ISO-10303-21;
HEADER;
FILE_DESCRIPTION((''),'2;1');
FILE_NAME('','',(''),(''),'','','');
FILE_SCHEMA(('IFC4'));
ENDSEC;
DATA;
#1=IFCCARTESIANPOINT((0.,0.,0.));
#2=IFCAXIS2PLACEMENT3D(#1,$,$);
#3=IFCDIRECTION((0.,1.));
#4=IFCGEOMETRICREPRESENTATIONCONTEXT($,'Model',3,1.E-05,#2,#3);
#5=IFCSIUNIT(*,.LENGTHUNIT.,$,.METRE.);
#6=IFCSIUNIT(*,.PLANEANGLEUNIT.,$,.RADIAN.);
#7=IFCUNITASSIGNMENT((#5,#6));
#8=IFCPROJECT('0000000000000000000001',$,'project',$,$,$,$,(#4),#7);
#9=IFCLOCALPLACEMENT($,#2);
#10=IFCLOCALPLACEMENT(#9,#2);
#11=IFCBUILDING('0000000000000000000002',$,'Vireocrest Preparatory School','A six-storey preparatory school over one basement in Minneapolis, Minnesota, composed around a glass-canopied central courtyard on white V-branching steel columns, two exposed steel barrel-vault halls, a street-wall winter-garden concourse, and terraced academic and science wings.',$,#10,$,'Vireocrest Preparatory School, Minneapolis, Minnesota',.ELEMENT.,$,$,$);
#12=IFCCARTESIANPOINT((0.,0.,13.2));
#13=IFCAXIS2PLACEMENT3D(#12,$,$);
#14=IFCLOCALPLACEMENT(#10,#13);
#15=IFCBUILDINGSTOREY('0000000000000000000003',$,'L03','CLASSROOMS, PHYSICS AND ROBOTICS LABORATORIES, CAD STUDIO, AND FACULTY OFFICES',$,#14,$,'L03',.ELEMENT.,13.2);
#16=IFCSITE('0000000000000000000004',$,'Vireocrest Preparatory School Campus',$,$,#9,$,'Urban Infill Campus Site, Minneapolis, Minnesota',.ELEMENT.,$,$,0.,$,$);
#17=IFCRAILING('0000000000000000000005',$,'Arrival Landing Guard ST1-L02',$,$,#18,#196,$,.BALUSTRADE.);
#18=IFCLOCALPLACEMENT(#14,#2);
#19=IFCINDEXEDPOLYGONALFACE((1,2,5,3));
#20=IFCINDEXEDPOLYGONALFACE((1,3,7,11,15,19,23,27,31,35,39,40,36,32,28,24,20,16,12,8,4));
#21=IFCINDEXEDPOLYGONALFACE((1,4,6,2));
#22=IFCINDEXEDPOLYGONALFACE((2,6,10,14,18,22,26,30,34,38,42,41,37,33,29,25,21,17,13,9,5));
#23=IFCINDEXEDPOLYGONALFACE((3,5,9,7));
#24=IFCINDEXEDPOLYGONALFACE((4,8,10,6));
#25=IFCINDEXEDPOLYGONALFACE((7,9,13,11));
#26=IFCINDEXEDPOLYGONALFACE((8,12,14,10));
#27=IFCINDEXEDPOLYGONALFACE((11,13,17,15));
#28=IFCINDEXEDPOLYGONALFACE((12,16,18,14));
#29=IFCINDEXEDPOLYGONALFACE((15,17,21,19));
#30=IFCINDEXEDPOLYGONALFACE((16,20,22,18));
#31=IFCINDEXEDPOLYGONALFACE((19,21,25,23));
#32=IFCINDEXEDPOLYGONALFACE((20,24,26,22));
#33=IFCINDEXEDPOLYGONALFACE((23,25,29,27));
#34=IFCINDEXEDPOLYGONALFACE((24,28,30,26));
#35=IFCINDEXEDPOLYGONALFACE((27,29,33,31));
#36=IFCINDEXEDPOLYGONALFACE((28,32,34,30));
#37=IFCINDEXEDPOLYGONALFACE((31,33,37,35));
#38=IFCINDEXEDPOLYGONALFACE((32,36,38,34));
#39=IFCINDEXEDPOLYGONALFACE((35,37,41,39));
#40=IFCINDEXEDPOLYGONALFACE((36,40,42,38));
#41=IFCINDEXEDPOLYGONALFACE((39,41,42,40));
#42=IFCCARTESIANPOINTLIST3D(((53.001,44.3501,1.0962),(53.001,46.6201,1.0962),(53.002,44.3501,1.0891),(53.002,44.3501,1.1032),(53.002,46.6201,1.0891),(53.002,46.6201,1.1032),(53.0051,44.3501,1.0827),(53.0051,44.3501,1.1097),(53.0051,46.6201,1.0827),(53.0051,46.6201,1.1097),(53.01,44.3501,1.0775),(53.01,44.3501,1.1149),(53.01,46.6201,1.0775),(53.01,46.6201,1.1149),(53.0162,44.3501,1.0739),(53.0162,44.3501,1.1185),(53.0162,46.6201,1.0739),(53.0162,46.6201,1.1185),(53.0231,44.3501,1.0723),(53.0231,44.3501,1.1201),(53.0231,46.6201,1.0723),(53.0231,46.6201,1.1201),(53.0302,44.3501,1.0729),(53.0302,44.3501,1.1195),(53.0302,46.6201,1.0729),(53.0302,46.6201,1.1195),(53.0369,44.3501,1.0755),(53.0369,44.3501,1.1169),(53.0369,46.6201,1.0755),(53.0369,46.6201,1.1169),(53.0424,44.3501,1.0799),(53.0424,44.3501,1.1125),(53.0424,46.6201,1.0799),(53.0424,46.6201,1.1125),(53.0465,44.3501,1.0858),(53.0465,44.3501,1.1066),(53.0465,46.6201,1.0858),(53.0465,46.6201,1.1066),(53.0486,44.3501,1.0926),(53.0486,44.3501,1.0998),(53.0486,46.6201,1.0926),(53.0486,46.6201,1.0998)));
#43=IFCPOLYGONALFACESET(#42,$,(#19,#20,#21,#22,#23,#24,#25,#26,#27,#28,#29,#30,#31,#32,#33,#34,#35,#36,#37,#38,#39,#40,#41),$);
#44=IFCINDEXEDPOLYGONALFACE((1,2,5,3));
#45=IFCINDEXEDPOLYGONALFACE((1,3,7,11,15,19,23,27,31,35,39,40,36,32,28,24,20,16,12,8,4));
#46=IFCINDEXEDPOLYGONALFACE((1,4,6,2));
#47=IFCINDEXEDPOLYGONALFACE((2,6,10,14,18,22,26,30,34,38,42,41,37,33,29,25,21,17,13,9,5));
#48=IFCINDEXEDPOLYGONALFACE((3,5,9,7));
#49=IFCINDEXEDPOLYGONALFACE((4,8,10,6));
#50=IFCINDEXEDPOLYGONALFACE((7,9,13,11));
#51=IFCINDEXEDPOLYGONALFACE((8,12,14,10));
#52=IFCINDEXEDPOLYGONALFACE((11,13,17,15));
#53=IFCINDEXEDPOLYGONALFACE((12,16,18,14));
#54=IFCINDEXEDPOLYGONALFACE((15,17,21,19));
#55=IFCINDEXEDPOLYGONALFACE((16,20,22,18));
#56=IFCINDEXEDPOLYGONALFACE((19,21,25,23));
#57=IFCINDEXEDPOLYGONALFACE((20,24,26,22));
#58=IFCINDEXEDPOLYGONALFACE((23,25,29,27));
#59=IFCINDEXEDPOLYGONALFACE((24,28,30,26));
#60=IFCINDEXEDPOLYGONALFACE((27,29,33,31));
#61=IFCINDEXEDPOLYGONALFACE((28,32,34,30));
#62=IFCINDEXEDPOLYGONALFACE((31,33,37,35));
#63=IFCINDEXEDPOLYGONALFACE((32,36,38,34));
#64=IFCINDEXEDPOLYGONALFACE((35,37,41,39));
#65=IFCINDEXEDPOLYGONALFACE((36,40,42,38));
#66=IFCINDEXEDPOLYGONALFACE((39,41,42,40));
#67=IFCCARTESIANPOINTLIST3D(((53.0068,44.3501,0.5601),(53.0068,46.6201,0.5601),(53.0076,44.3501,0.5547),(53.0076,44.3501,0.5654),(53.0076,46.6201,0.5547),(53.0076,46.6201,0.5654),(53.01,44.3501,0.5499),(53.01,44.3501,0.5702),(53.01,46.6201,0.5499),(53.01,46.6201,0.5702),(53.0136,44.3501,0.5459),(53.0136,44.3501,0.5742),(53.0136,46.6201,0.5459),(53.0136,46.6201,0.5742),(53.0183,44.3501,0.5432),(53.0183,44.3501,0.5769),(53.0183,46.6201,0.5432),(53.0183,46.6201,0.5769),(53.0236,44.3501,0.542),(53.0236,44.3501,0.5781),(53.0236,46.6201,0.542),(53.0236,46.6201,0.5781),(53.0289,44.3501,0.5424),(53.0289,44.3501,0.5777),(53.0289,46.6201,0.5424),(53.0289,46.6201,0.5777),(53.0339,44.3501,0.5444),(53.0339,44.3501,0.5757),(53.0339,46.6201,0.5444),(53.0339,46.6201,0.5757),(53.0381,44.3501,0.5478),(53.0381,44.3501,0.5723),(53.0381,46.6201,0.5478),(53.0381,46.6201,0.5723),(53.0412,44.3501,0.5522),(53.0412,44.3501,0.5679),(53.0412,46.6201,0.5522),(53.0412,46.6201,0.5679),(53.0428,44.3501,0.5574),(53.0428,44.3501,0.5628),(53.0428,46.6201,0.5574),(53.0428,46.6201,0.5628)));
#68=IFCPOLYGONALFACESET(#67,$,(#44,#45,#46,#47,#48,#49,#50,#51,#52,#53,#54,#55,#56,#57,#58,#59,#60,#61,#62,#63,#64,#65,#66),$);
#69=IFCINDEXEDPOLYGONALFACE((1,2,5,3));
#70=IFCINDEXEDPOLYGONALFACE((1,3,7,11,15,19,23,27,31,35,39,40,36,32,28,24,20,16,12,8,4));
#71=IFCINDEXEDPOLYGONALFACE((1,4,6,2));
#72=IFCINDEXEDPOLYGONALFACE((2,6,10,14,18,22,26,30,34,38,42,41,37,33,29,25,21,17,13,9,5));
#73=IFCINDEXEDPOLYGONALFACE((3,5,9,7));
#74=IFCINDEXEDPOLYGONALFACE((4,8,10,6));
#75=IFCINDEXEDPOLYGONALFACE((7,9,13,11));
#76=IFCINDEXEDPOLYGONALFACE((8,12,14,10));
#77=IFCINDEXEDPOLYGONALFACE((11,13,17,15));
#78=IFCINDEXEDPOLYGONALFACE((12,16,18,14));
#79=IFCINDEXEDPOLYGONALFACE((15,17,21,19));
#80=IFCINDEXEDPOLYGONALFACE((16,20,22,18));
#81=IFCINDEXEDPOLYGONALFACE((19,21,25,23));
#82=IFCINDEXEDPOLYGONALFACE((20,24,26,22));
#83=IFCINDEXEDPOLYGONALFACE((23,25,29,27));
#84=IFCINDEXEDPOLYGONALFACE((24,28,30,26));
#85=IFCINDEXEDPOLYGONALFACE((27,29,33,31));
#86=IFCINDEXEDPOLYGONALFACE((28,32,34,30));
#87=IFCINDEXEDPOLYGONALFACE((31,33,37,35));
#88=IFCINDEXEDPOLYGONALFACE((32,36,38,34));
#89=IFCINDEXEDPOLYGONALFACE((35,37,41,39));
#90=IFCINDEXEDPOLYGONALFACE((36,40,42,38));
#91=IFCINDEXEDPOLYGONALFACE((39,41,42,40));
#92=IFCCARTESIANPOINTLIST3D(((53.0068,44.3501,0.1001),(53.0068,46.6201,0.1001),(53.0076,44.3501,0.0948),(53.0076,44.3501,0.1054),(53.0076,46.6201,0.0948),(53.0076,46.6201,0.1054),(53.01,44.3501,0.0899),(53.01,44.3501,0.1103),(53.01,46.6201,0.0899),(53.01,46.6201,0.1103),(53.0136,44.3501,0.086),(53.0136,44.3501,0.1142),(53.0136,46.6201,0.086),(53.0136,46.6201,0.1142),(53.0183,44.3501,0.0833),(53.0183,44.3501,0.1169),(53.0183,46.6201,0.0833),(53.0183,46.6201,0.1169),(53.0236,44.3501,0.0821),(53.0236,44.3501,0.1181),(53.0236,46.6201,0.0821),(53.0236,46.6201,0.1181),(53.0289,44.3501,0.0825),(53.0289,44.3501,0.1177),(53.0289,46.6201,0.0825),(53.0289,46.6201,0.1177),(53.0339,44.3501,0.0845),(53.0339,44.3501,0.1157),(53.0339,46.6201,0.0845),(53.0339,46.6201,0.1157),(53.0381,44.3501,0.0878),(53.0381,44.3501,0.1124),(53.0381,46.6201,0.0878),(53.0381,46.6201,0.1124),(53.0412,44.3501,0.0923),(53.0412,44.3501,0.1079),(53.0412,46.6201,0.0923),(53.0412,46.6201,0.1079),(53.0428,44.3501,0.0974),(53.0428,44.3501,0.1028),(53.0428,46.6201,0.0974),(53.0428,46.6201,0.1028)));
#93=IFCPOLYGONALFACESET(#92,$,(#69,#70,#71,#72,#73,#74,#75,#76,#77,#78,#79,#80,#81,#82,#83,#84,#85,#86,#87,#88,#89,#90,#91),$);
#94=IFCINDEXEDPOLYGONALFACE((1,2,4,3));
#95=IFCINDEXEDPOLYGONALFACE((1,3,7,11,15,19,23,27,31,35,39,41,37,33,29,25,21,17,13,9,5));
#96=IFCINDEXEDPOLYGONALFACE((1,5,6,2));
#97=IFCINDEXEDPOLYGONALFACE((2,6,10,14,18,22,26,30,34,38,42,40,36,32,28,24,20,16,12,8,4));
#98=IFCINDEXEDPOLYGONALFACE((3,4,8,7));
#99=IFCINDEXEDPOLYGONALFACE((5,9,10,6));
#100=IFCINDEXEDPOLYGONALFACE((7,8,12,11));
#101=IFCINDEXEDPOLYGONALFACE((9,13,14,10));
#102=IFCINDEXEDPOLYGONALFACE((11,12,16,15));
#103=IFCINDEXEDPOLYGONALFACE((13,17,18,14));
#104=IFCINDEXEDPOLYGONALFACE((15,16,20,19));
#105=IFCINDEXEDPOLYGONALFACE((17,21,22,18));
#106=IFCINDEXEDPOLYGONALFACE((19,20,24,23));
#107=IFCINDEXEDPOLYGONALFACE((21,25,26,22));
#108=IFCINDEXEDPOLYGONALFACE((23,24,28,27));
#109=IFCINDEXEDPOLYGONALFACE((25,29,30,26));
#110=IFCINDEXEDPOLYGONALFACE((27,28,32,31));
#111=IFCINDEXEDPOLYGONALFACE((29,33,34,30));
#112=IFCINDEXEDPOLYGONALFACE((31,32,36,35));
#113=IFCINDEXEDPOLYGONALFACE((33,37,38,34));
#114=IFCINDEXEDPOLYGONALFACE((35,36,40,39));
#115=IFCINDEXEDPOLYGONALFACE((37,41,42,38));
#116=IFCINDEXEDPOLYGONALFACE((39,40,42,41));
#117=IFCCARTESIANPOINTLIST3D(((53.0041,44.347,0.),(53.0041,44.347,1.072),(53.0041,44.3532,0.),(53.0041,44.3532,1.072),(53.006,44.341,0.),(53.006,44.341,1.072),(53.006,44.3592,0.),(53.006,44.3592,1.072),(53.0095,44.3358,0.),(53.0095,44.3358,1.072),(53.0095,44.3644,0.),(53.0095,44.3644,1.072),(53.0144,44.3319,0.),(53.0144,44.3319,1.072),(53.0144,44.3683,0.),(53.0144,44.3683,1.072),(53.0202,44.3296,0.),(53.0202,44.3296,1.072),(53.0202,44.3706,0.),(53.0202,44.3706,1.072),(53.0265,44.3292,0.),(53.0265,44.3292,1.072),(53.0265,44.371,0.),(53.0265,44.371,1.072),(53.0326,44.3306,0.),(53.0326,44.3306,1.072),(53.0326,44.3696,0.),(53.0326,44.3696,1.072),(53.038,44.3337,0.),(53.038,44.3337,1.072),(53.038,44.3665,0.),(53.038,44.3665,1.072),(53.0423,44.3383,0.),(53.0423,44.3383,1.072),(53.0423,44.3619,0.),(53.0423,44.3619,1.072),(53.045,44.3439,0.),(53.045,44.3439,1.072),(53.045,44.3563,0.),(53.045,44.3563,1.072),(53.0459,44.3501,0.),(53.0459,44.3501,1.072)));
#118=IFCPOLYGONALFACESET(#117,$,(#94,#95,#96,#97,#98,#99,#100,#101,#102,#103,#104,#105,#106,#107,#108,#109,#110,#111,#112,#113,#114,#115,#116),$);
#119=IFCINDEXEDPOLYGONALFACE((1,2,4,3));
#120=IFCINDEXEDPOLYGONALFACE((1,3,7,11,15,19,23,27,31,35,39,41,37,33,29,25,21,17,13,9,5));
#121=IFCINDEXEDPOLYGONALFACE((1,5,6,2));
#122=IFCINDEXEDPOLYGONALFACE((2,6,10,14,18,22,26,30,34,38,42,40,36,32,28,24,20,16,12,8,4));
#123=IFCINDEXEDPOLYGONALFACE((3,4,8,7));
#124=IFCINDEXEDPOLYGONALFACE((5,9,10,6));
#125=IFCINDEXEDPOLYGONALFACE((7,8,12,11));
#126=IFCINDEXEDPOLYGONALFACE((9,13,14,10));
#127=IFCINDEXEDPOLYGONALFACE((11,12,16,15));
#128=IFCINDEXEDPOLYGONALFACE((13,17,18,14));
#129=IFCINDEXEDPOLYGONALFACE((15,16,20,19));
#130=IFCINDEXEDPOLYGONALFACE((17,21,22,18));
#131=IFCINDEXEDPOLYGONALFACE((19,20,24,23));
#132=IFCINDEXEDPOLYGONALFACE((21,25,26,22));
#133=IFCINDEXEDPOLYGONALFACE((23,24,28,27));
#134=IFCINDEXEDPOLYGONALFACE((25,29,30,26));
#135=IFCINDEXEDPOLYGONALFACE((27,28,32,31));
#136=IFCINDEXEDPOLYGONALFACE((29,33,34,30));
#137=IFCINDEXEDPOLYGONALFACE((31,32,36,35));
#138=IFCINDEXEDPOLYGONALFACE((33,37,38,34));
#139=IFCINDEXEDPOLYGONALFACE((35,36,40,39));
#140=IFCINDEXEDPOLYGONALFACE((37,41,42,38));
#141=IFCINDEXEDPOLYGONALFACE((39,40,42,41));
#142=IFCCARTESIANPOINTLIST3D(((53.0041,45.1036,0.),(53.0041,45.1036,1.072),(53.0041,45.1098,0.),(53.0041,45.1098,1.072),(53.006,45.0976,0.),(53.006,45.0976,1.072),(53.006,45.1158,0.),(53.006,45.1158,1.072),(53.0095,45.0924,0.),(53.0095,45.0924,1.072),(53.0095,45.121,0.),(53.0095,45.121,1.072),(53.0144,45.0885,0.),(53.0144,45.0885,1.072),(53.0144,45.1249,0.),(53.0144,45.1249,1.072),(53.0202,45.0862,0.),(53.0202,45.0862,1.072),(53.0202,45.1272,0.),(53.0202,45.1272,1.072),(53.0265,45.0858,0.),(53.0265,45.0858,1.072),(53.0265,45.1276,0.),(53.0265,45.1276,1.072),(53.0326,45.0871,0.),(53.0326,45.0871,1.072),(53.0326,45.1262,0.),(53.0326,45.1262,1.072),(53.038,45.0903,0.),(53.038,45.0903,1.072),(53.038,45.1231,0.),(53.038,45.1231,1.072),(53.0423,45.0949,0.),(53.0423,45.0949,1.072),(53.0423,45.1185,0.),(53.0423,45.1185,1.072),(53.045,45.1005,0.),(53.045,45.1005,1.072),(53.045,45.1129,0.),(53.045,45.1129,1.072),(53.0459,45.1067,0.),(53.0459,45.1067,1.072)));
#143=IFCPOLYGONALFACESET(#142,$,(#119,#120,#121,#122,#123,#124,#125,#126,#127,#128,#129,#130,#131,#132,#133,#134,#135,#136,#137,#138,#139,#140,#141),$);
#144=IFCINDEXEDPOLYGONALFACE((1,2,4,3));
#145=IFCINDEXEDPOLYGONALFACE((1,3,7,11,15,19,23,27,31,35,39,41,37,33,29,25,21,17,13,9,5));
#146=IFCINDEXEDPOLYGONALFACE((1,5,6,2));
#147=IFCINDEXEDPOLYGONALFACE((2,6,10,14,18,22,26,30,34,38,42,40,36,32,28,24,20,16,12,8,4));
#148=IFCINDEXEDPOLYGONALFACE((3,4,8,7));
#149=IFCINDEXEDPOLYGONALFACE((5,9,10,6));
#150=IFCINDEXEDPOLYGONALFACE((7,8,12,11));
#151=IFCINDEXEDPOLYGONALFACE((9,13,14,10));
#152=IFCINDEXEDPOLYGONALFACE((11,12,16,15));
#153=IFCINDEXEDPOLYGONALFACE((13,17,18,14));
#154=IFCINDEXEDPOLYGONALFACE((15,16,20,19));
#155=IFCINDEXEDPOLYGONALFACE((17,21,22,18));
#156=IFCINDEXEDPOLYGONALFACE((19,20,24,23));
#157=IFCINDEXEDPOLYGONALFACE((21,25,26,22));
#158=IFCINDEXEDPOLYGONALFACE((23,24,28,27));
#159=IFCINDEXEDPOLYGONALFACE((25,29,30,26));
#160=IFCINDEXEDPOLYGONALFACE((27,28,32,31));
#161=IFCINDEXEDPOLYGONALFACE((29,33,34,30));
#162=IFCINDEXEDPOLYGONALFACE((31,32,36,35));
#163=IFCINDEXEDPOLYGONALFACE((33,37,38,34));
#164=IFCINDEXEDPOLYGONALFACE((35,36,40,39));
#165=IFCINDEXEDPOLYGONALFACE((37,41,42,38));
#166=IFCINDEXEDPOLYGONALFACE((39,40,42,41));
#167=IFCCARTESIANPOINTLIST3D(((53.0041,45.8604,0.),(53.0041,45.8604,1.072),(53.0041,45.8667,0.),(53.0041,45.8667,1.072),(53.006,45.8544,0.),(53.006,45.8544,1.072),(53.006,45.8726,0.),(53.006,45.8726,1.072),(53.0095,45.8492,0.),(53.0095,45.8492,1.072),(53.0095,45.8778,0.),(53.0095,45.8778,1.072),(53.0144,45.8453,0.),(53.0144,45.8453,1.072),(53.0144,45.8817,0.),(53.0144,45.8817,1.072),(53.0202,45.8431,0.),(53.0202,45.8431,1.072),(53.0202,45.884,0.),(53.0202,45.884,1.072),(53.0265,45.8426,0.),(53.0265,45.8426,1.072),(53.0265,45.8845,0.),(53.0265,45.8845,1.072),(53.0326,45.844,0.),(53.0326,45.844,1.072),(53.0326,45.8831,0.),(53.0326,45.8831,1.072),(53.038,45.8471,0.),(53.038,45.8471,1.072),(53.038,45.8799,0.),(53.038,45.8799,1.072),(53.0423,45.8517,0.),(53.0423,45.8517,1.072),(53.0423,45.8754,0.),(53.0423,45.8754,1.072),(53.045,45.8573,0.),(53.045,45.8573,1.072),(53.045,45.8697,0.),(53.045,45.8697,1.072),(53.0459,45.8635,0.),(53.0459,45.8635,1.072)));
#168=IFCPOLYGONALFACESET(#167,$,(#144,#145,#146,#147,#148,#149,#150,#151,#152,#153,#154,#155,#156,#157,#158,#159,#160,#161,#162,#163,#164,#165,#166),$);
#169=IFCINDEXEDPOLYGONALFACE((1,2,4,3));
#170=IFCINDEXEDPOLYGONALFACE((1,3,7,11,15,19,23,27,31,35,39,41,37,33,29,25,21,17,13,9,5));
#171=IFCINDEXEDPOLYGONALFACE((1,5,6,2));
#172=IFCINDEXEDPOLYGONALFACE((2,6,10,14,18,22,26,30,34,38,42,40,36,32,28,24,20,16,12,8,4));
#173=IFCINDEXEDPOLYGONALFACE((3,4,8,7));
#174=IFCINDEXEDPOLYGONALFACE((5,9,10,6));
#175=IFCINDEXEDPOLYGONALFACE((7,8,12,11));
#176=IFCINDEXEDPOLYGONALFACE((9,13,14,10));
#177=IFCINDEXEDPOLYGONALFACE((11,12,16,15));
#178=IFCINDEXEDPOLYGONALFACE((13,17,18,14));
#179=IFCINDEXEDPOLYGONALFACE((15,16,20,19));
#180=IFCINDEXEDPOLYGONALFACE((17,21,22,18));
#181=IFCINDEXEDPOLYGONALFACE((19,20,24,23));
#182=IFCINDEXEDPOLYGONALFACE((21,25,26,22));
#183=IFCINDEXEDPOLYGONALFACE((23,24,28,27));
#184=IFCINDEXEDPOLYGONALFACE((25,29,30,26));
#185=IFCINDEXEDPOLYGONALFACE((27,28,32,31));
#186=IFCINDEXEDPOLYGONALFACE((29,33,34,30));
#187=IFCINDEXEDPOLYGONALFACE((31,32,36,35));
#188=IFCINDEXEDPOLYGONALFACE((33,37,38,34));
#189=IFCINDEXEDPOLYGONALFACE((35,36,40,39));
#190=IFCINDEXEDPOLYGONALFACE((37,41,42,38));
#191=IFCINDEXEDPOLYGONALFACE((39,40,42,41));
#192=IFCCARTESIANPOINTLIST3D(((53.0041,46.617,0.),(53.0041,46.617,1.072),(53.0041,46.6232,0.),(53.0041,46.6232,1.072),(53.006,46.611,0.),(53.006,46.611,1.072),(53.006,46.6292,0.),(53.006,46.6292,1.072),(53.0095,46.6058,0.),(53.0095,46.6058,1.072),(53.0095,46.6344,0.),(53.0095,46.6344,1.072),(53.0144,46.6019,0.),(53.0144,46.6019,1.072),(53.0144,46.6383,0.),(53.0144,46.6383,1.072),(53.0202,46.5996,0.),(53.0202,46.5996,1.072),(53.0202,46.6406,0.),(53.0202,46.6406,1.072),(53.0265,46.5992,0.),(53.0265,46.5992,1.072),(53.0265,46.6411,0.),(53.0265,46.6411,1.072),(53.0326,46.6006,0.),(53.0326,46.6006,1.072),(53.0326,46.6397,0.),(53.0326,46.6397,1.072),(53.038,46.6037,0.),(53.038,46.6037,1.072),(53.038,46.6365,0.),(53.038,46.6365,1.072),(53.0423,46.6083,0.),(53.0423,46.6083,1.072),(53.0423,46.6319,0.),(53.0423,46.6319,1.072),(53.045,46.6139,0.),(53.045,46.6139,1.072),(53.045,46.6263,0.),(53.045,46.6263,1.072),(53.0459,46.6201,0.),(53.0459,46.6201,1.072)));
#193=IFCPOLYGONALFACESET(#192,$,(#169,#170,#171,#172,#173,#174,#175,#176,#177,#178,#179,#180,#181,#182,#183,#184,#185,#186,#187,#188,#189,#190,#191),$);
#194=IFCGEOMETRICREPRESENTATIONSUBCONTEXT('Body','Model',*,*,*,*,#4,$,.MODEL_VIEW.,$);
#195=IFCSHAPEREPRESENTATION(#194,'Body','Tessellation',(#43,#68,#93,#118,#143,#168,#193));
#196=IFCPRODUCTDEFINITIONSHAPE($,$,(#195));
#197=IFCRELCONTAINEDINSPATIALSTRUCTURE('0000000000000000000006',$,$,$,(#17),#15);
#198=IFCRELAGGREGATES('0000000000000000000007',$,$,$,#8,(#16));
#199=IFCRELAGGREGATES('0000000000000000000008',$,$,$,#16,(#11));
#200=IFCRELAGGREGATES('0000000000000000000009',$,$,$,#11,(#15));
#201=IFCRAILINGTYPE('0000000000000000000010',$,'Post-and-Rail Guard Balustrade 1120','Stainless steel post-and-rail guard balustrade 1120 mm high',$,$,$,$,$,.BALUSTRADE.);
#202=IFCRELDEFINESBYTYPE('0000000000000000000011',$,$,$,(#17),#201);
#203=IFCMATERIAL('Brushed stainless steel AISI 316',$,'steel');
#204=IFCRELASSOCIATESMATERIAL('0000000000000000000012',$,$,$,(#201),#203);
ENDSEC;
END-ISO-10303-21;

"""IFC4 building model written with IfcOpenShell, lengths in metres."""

from ifc_helpers import new_model, si_unit, direction, frame, origin, origin_2d, place, context, subcontext, project, spatial, circle, extrude, material, type_object, element, save


model = new_model("IFC4")

# Units and contexts
model_context = context("Model", 3, precision=1e-05, world=origin(), true_north=direction((0.0, 1.0)))
body_context = subcontext(model_context, "Body", "Model", "MODEL_VIEW")
ifc_project = project(units=[si_unit("LENGTHUNIT", "METRE"), si_unit("PLANEANGLEUNIT", "RADIAN")], contexts=[model_context])

# Site, building, storey
site_placement = place(None, origin())
site = spatial("IfcSite", under=ifc_project, at=site_placement, Name="Vireocrest Preparatory School Campus", LongName="Urban Infill Campus Site, Minneapolis, Minnesota", CompositionType="ELEMENT", RefElevation=0.0)
building_placement = place(site_placement, origin())
building = spatial("IfcBuilding", under=site, at=building_placement, Name="Vireocrest Preparatory School", Description="A six-storey preparatory school over one basement in Minneapolis, Minnesota, composed around a glass-canopied central courtyard on white V-branching steel columns, two exposed steel barrel-vault halls, a street-wall winter-garden concourse, and terraced academic and science wings.", LongName="Vireocrest Preparatory School, Minneapolis, Minnesota", CompositionType="ELEMENT")
storey_placement = place(building_placement, frame((0.0, 0.0, 13.2)))
storey = spatial("IfcBuildingStorey", under=building, at=storey_placement, Name="L03", Description="CLASSROOMS, PHYSICS AND ROBOTICS LABORATORIES, CAD STUDIO, AND FACULTY OFFICES", LongName="L03", CompositionType="ELEMENT", Elevation=13.2)

# Railing
ifc_material_1 = material(Name="Brushed stainless steel AISI 316", Category="steel")
railing_type_1 = type_object("IfcRailingType", Name="Post-and-Rail Guard Balustrade 1120", Description="Stainless steel post-and-rail guard balustrade 1120 mm high", PredefinedType="BALUSTRADE", material=ifc_material_1)
railing_1_placement = place(storey_placement, frame((53.0249, 44.3501, 0.0)))
element("IfcRailing", 1, at=railing_1_placement, inside=storey, type_object=railing_type_1, Name="Arrival Landing Guard ST1-L02", PredefinedType="BALUSTRADE", context=body_context, shape_type="SweptSolid", body=[
    extrude(circle(Radius=0.0239, at=origin_2d()), frame((0.0, 0.0, 1.0962), z_axis=(0.0, 1.0, 0.0), x_axis=(-1.0, 0.0, 0.0)), (0.0, 0.0, 1.0), 2.27),
    extrude(circle(Radius=0.0181, at=origin_2d()), frame((0.0, 0.0, 0.5601), z_axis=(0.0, 1.0, 0.0), x_axis=(-1.0, 0.0, 0.0)), (0.0, 0.0, 1.0), 2.27),
    extrude(circle(Radius=0.0181, at=origin_2d()), frame((0.0, 0.0, 0.1001), z_axis=(0.0, 1.0, 0.0), x_axis=(-1.0, 0.0, 0.0)), (0.0, 0.0, 1.0), 2.27),
    extrude(circle(Radius=0.021, at=origin_2d()), origin(), (0.0, 0.0, 1.0), 1.072),
    extrude(circle(Radius=0.021, at=origin_2d()), frame((0.0, 0.7566, 0.0)), (0.0, 0.0, 1.0), 1.072),
    extrude(circle(Radius=0.021, at=origin_2d()), frame((0.0, 1.5134, 0.0)), (0.0, 0.0, 1.0), 1.072),
    extrude(circle(Radius=0.021, at=origin_2d()), frame((0.0, 2.27, 0.0)), (0.0, 0.0, 1.0), 1.072),
])

save(model, "model.ifc")
